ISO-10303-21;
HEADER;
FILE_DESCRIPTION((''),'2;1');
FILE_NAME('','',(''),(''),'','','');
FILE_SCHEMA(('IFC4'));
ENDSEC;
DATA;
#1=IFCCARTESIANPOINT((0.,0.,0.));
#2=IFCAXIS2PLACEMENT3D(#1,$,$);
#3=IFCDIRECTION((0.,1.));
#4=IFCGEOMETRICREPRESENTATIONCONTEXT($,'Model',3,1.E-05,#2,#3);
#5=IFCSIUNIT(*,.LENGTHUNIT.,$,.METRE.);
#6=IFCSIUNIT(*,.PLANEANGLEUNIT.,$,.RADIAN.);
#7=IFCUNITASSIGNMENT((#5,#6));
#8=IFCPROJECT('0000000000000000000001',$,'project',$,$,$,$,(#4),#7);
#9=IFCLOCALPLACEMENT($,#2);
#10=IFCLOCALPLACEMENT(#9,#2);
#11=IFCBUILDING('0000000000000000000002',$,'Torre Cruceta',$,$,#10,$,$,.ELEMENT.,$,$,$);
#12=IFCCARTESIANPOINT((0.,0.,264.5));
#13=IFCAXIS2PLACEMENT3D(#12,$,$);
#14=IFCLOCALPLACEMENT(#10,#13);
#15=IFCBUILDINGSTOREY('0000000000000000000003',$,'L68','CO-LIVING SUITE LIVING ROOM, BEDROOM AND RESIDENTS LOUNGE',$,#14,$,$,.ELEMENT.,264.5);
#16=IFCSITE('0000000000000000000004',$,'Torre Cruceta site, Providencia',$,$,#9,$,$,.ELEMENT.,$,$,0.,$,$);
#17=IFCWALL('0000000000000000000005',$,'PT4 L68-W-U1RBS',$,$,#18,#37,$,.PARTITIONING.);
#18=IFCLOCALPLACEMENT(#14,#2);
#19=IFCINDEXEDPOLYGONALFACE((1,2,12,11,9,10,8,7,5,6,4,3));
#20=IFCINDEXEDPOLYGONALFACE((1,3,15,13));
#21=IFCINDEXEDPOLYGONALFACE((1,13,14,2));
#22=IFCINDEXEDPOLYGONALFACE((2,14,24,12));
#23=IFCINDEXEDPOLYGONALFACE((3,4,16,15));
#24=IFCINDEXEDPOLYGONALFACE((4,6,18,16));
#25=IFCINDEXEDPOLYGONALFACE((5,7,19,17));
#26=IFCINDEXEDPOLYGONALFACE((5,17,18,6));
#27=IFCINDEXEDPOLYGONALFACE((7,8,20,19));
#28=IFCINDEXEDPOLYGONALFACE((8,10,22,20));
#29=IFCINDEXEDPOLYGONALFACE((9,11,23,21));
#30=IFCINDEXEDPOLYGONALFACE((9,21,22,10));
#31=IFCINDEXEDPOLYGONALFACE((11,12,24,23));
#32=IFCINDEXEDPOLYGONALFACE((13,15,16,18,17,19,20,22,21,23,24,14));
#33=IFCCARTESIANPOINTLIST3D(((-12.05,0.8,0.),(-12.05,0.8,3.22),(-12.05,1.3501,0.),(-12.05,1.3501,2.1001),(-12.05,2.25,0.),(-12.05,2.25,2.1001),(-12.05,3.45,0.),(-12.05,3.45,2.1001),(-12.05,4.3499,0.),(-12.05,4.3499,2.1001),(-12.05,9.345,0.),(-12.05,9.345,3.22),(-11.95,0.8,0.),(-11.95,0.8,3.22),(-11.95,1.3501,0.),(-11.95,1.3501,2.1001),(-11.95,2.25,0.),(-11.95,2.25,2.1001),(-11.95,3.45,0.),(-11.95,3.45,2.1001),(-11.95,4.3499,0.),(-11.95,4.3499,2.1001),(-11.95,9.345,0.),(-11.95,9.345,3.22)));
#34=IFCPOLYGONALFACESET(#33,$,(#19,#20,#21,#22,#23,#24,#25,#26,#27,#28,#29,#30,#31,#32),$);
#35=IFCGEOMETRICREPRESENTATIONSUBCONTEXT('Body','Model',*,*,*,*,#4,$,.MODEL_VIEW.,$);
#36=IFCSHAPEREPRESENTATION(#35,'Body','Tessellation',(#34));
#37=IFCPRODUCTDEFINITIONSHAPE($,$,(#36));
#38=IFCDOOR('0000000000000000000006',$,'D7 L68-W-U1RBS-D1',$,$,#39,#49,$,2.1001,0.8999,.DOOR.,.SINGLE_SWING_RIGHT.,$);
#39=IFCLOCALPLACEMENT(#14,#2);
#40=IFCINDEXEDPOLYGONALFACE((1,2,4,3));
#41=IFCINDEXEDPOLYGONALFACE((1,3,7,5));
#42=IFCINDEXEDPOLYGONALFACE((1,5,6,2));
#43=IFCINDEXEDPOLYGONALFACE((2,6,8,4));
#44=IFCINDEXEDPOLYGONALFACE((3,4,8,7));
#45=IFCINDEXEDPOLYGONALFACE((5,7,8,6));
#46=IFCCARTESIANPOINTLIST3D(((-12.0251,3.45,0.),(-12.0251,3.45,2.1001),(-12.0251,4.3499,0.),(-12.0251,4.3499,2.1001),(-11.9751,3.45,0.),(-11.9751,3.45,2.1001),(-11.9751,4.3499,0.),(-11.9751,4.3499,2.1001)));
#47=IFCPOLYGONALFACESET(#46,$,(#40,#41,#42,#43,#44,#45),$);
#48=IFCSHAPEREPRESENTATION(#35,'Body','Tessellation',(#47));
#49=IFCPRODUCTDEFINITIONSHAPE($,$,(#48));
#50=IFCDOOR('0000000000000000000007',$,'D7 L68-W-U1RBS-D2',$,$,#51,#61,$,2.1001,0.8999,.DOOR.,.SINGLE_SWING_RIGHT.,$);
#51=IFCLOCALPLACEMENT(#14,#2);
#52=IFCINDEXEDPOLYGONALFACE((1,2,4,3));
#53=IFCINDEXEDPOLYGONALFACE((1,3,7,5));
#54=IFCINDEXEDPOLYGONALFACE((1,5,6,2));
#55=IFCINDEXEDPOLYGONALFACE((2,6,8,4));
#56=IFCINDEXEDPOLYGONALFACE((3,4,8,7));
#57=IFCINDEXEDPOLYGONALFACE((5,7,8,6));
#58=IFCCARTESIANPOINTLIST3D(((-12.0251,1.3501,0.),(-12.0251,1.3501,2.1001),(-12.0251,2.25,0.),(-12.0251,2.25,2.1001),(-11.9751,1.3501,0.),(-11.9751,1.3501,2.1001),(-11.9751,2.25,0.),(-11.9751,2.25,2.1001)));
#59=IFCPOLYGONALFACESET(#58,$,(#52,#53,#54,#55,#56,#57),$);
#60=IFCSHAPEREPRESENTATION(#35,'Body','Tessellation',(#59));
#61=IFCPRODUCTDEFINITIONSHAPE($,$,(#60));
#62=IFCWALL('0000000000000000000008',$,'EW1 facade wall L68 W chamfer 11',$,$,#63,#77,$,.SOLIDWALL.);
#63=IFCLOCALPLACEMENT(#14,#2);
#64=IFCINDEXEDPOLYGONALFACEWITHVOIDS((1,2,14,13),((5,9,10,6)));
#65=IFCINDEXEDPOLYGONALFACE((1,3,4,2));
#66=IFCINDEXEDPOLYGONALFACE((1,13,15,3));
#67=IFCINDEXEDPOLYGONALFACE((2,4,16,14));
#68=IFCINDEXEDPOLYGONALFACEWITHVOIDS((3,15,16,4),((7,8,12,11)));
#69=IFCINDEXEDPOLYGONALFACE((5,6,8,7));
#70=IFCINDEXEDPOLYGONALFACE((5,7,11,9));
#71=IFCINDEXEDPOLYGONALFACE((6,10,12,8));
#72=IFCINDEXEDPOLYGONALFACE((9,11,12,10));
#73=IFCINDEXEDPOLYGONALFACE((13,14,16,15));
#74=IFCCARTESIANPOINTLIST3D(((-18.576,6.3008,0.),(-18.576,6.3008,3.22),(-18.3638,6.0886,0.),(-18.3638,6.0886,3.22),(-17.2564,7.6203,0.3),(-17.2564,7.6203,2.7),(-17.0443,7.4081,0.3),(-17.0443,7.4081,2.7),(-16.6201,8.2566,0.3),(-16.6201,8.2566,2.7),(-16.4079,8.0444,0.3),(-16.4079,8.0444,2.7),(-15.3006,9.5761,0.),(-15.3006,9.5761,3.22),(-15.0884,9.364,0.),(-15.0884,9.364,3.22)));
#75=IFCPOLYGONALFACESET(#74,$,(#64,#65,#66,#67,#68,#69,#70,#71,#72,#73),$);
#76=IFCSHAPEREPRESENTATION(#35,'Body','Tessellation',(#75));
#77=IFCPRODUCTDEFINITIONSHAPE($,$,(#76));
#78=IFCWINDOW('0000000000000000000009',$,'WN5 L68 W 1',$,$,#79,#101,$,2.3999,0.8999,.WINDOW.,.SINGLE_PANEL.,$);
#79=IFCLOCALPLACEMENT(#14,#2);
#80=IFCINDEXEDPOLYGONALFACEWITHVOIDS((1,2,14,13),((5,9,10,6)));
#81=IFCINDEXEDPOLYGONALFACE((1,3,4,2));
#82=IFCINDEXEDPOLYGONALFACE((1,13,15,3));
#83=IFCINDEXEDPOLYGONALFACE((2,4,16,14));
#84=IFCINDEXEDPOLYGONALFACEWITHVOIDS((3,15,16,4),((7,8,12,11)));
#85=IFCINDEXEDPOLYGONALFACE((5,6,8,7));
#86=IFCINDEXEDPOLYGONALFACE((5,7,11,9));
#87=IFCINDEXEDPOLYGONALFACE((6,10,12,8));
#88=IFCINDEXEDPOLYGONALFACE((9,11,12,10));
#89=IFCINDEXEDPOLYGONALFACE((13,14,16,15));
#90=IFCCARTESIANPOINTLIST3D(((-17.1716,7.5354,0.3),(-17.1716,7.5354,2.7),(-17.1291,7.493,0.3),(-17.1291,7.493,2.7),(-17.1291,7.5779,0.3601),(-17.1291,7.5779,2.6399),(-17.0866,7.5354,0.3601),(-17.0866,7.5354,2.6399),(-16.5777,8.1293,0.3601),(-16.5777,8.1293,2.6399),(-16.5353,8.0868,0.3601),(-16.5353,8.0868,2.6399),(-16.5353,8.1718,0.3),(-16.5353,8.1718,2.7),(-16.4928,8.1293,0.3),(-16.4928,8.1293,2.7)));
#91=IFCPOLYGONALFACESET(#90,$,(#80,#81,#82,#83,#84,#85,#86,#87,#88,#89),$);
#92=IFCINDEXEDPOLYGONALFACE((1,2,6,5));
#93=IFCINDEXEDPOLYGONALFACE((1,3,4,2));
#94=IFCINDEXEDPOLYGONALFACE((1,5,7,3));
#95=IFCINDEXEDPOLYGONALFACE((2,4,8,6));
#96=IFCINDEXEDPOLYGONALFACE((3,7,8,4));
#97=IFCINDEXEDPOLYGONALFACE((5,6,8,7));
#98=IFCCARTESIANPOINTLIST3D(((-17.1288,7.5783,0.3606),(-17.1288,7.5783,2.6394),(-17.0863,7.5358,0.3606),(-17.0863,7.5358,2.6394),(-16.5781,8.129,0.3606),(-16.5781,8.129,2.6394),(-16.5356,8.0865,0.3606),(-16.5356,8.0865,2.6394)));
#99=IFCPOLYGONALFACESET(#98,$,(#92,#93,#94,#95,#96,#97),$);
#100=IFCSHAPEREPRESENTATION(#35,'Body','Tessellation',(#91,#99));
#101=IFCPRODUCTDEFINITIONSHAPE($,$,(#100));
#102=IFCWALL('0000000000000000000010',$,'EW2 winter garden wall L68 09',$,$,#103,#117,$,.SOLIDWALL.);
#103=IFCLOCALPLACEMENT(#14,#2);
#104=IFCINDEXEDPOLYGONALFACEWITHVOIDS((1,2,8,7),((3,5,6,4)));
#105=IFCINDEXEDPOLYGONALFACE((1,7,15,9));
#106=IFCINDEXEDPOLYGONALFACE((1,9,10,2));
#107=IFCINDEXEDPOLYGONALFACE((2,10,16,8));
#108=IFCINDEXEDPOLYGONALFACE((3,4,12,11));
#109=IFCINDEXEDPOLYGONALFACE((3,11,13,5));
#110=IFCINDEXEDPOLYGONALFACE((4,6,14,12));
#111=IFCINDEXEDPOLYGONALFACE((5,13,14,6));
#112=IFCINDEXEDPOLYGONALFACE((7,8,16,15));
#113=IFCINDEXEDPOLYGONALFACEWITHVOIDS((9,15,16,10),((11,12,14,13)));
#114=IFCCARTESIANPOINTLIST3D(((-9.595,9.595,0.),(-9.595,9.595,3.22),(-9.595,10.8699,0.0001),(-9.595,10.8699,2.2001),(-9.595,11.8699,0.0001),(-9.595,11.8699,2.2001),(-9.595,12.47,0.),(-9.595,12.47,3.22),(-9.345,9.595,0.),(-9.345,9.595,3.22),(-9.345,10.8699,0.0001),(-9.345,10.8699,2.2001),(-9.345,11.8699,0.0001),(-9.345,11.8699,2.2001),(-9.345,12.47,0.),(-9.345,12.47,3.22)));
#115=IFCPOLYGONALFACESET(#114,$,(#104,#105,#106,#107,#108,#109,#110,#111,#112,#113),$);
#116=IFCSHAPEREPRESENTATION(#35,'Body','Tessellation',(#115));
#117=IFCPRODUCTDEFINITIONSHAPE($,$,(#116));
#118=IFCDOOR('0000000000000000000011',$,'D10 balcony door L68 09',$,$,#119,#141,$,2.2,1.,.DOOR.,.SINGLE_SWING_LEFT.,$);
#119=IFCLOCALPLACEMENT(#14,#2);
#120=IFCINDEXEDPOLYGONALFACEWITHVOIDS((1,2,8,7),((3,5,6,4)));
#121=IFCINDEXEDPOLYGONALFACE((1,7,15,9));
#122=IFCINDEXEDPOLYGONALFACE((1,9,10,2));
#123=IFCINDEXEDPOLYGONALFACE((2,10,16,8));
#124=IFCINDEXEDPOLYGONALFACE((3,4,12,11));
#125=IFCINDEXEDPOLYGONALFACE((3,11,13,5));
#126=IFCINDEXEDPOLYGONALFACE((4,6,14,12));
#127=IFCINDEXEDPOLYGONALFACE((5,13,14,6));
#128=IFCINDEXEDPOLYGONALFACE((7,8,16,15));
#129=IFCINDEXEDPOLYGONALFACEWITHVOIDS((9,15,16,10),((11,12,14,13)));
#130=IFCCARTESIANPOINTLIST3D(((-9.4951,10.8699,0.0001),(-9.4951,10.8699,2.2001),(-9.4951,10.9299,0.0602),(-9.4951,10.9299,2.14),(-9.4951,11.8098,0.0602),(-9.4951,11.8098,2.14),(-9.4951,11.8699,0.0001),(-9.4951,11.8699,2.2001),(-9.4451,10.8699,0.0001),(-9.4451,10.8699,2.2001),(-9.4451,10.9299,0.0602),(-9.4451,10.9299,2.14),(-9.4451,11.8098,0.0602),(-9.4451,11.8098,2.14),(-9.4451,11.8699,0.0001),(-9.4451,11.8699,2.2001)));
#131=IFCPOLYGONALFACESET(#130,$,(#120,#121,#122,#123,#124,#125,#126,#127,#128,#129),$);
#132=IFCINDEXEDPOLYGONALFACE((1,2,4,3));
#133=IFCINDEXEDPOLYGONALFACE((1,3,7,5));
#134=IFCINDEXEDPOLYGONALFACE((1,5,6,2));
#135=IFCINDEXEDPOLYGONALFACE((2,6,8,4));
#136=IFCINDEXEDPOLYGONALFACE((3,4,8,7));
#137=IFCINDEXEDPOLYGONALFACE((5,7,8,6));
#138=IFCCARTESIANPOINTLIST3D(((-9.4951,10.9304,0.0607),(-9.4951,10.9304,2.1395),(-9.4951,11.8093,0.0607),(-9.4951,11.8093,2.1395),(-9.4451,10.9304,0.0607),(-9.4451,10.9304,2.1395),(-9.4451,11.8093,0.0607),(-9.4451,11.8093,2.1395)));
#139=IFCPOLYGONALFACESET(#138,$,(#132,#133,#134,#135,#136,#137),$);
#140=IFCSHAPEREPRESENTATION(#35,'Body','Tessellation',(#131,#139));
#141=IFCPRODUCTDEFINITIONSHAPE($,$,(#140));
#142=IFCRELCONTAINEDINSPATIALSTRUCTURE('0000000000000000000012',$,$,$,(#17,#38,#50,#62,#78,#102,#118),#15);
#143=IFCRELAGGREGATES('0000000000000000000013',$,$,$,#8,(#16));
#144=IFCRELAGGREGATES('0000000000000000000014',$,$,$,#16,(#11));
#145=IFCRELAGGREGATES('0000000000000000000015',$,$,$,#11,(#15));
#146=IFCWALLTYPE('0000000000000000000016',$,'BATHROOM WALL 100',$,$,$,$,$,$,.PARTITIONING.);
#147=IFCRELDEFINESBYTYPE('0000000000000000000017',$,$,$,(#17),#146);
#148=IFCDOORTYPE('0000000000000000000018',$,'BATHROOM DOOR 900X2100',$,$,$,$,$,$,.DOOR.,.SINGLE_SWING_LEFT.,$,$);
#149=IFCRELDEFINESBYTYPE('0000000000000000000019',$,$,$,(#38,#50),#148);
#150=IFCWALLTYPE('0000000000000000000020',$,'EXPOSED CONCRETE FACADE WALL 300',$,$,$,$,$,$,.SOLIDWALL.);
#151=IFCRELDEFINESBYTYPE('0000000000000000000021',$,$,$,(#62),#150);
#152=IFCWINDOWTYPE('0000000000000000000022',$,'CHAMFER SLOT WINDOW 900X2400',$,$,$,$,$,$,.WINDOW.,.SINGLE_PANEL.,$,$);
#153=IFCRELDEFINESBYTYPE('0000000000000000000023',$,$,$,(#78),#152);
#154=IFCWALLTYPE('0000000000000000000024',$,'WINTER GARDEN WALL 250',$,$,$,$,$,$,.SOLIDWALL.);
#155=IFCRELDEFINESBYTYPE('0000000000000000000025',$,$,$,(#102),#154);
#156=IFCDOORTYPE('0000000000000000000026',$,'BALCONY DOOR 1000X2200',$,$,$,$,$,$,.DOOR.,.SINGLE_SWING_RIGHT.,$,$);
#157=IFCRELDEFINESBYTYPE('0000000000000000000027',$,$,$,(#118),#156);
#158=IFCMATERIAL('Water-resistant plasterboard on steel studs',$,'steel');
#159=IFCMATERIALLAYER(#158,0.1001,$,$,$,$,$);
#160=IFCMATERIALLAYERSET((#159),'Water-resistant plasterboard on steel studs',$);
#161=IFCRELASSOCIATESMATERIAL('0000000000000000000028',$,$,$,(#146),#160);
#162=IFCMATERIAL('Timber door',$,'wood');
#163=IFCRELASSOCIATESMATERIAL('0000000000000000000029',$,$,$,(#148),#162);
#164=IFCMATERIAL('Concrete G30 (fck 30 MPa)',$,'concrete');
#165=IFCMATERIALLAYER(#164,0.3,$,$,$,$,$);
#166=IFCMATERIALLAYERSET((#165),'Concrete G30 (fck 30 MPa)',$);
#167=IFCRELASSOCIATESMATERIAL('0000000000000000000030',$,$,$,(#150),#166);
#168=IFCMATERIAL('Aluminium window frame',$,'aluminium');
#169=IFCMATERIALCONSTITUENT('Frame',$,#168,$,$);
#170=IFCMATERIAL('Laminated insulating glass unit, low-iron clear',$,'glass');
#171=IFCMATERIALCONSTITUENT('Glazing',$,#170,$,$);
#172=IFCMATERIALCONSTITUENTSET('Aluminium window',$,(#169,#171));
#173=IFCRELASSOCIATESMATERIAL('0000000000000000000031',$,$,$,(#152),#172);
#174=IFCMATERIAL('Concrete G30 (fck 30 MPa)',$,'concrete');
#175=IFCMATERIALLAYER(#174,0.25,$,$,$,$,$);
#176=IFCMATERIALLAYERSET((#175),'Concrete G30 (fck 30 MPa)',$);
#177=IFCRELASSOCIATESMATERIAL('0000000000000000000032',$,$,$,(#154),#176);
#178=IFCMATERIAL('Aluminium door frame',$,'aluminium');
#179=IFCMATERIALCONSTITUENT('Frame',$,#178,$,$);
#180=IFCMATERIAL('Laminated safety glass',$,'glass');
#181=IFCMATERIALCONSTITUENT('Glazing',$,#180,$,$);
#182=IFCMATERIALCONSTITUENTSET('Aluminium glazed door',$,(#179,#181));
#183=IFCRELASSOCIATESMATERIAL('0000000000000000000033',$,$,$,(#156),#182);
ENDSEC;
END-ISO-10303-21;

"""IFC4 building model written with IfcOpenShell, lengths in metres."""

from ifc_helpers import new_model, si_unit, direction, frame, frame_2d, origin, place, context, subcontext, project, spatial, rectangle, hollow_rectangle, extrude, material, layer, layer_set, constituent, constituent_set, type_object, element, fill, save


model = new_model("IFC4")

# Units and contexts
model_context = context("Model", 3, precision=1e-05, world=origin(), true_north=direction((0.0, 1.0)))
body_context = subcontext(model_context, "Body", "Model", "MODEL_VIEW")
ifc_project = project(units=[si_unit("LENGTHUNIT", "METRE"), si_unit("PLANEANGLEUNIT", "RADIAN")], contexts=[model_context])

# Site, building, storey
site_placement = place(None, origin())
site = spatial("IfcSite", under=ifc_project, at=site_placement, Name="Torre Cruceta site, Providencia", CompositionType="ELEMENT", RefElevation=0.0)
building_placement = place(site_placement, origin())
building = spatial("IfcBuilding", under=site, at=building_placement, Name="Torre Cruceta", CompositionType="ELEMENT")
storey_placement = place(building_placement, frame((0.0, 0.0, 264.5)))
storey = spatial("IfcBuildingStorey", under=building, at=storey_placement, Name="L68", Description="CO-LIVING SUITE LIVING ROOM, BEDROOM AND RESIDENTS LOUNGE", CompositionType="ELEMENT", Elevation=264.5)

# Wall, openings, doors
ifc_material_1 = material(Name="Water-resistant plasterboard on steel studs", Category="steel")
ifc_layer_1 = layer(ifc_material_1, 0.1001)
ifc_layer_set_1 = layer_set([ifc_layer_1], Name="Water-resistant plasterboard on steel studs")
wall_type_1 = type_object("IfcWallType", Name="BATHROOM WALL 100", PredefinedType="PARTITIONING", material=ifc_layer_set_1)
wall_1_placement = place(storey_placement, frame((-12.0, 9.345, 0.0), z_axis=(0.0, 0.0, 1.0), x_axis=(0.0, -1.0, 0.0)))
wall_1 = element("IfcWall", 1, at=wall_1_placement, inside=storey, type_object=wall_type_1, Name="PT4 L68-W-U1RBS", PredefinedType="PARTITIONING", context=body_context, shape_type="SweptSolid", body=[
    extrude(rectangle(XDim=8.5449, YDim=0.1001, at=frame_2d((4.2725, 0.0))), origin(), (0.0, 0.0, 1.0), 3.22),
])
opening_1_placement = place(wall_1_placement, frame((4.9951, 0.0, 0.0)))
opening_1 = element("IfcOpeningElement", 2, at=opening_1_placement, cuts=wall_1, PredefinedType="OPENING", context=body_context, shape_type="SweptSolid", body=[
    extrude(rectangle(XDim=0.8999, YDim=2.1001, at=frame_2d((0.45, 1.05))), frame((0.0, 0.0601, 0.0), z_axis=(0.0, -1.0, 0.0), x_axis=(1.0, 0.0, 0.0)), (0.0, 0.0, 1.0), 0.1201),
])
opening_2_placement = place(wall_1_placement, frame((7.095, 0.0, 0.0)))
opening_2 = element("IfcOpeningElement", 3, at=opening_2_placement, cuts=wall_1, PredefinedType="OPENING", context=body_context, shape_type="SweptSolid", body=[
    extrude(rectangle(XDim=0.8999, YDim=2.1001, at=frame_2d((0.45, 1.05))), frame((0.0, 0.0601, 0.0), z_axis=(0.0, -1.0, 0.0), x_axis=(1.0, 0.0, 0.0)), (0.0, 0.0, 1.0), 0.1201),
])
ifc_material_2 = material(Name="Timber door", Category="wood")
door_type_1 = type_object("IfcDoorType", Name="BATHROOM DOOR 900X2100", OperationType="SINGLE_SWING_LEFT", PredefinedType="DOOR", material=ifc_material_2)
door_1_placement = place(opening_1_placement, origin())
door_1 = element("IfcDoor", 4, at=door_1_placement, inside=storey, type_object=door_type_1, Name="D7 L68-W-U1RBS-D1", OperationType="SINGLE_SWING_RIGHT", OverallHeight=2.1001, OverallWidth=0.8999, PredefinedType="DOOR", context=body_context, shape_type="SweptSolid", body=[
    extrude(rectangle(XDim=0.8999, YDim=2.1001, at=frame_2d((0.45, 1.05))), frame((0.0, 0.0249, 0.0), z_axis=(0.0, -1.0, 0.0), x_axis=(1.0, 0.0, 0.0)), (0.0, 0.0, 1.0), 0.05),
])
fill(opening_1, door_1)
door_2_placement = place(opening_2_placement, origin())
door_2 = element("IfcDoor", 5, at=door_2_placement, inside=storey, type_object=door_type_1, Name="D7 L68-W-U1RBS-D2", OperationType="SINGLE_SWING_RIGHT", OverallHeight=2.1001, OverallWidth=0.8999, PredefinedType="DOOR", context=body_context, shape_type="SweptSolid", body=[
    extrude(rectangle(XDim=0.8999, YDim=2.1001, at=frame_2d((0.45, 1.05))), frame((0.0, 0.0249, 0.0), z_axis=(0.0, -1.0, 0.0), x_axis=(1.0, 0.0, 0.0)), (0.0, 0.0, 1.0), 0.05),
])
fill(opening_2, door_2)

# Wall, opening, window
ifc_material_3 = material(Name="Concrete G30 (fck 30 MPa)", Category="concrete")
ifc_layer_2 = layer(ifc_material_3, 0.3)
ifc_layer_set_2 = layer_set([ifc_layer_2], Name="Concrete G30 (fck 30 MPa)")
wall_type_2 = type_object("IfcWallType", Name="EXPOSED CONCRETE FACADE WALL 300", PredefinedType="SOLIDWALL", material=ifc_layer_set_2)
wall_2_placement = place(storey_placement, frame((-15.1946, 9.47, 0.0), z_axis=(0.0, 0.0, 1.0), x_axis=(-0.707107, -0.707107, 0.0)))
wall_2 = element("IfcWall", 6, at=wall_2_placement, inside=storey, type_object=wall_type_2, Name="EW1 facade wall L68 W chamfer 11", PredefinedType="SOLIDWALL", context=body_context, shape_type="SweptSolid", body=[
    extrude(rectangle(XDim=4.6321, YDim=0.3, at=frame_2d((2.3159, 0.0))), origin(), (0.0, 0.0, 1.0), 3.22),
])
opening_3_placement = place(wall_2_placement, frame((1.866, 0.0, 0.3)))
opening_3 = element("IfcOpeningElement", 7, at=opening_3_placement, cuts=wall_2, PredefinedType="OPENING", context=body_context, shape_type="SweptSolid", body=[
    extrude(rectangle(XDim=0.8999, YDim=2.3999, at=frame_2d((0.45, 1.2))), frame((0.0, 0.1599, 0.0), z_axis=(0.0, -1.0, 0.0), x_axis=(1.0, 0.0, 0.0)), (0.0, 0.0, 1.0), 0.3201),
])
ifc_material_4 = material(Name="Aluminium window frame", Category="aluminium")
ifc_constituent_1 = constituent(ifc_material_4, Name="Frame")
ifc_material_5 = material(Name="Laminated insulating glass unit, low-iron clear", Category="glass")
ifc_constituent_2 = constituent(ifc_material_5, Name="Glazing")
ifc_constituent_set_1 = constituent_set(constituents=[ifc_constituent_1, ifc_constituent_2], Name="Aluminium window")
window_type = type_object("IfcWindowType", Name="CHAMFER SLOT WINDOW 900X2400", PartitioningType="SINGLE_PANEL", PredefinedType="WINDOW", material=ifc_constituent_set_1)
window_placement = place(opening_3_placement, origin())
window = element("IfcWindow", 8, at=window_placement, inside=storey, type_object=window_type, Name="WN5 L68 W 1", OverallHeight=2.3999, OverallWidth=0.8999, PartitioningType="SINGLE_PANEL", PredefinedType="WINDOW", context=body_context, shape_type="SweptSolid", body=[
    extrude(hollow_rectangle(XDim=0.8999, YDim=2.3999, WallThickness=0.0601, at=frame_2d((0.45, 1.2))), frame((0.0, 0.03, 0.0), z_axis=(0.0, -1.0, 0.0), x_axis=(1.0, 0.0, 0.0)), (0.0, 0.0, 1.0), 0.0601),
    extrude(rectangle(XDim=0.7788, YDim=2.2788, at=frame_2d((0.45, 1.2))), frame((0.0, 0.03, 0.0), z_axis=(0.0, -1.0, 0.0), x_axis=(1.0, 0.0, 0.0)), (0.0, 0.0, 1.0), 0.0601),
])
fill(opening_3, window)

# Wall, opening, door
ifc_material_6 = material(Name="Concrete G30 (fck 30 MPa)", Category="concrete")
ifc_layer_3 = layer(ifc_material_6, 0.25)
ifc_layer_set_3 = layer_set([ifc_layer_3], Name="Concrete G30 (fck 30 MPa)")
wall_type_3 = type_object("IfcWallType", Name="WINTER GARDEN WALL 250", PredefinedType="SOLIDWALL", material=ifc_layer_set_3)
wall_3_placement = place(storey_placement, frame((-9.47, 12.47, 0.0), z_axis=(0.0, 0.0, 1.0), x_axis=(0.0, -1.0, 0.0)))
wall_3 = element("IfcWall", 9, at=wall_3_placement, inside=storey, type_object=wall_type_3, Name="EW2 winter garden wall L68 09", PredefinedType="SOLIDWALL", context=body_context, shape_type="SweptSolid", body=[
    extrude(rectangle(XDim=2.875, YDim=0.25, at=frame_2d((1.4375, 0.0))), origin(), (0.0, 0.0, 1.0), 3.22),
])
opening_4_placement = place(wall_3_placement, frame((0.6001, 0.0, 0.0)))
opening_4 = element("IfcOpeningElement", 10, at=opening_4_placement, cuts=wall_3, PredefinedType="OPENING", context=body_context, shape_type="SweptSolid", body=[
    extrude(rectangle(XDim=1.0, YDim=2.2, at=frame_2d((0.5, 1.1001))), frame((0.0, 0.135, 0.0), z_axis=(0.0, -1.0, 0.0), x_axis=(1.0, 0.0, 0.0)), (0.0, 0.0, 1.0), 0.27),
])
ifc_material_7 = material(Name="Aluminium door frame", Category="aluminium")
ifc_constituent_3 = constituent(ifc_material_7, Name="Frame")
ifc_material_8 = material(Name="Laminated safety glass", Category="glass")
ifc_constituent_4 = constituent(ifc_material_8, Name="Glazing")
ifc_constituent_set_2 = constituent_set(constituents=[ifc_constituent_3, ifc_constituent_4], Name="Aluminium glazed door")
door_type_2 = type_object("IfcDoorType", Name="BALCONY DOOR 1000X2200", OperationType="SINGLE_SWING_RIGHT", PredefinedType="DOOR", material=ifc_constituent_set_2)
door_3_placement = place(opening_4_placement, origin())
door_3 = element("IfcDoor", 11, at=door_3_placement, inside=storey, type_object=door_type_2, Name="D10 balcony door L68 09", OperationType="SINGLE_SWING_LEFT", OverallHeight=2.2, OverallWidth=1.0, PredefinedType="DOOR", context=body_context, shape_type="SweptSolid", body=[
    extrude(hollow_rectangle(XDim=1.0, YDim=2.2, WallThickness=0.0601, at=frame_2d((0.5, 1.1001))), frame((0.0, 0.0249, 0.0), z_axis=(0.0, -1.0, 0.0), x_axis=(1.0, 0.0, 0.0)), (0.0, 0.0, 1.0), 0.05),
    extrude(rectangle(XDim=0.8789, YDim=2.0789, at=frame_2d((0.5, 1.1001))), frame((0.0, 0.0249, 0.0), z_axis=(0.0, -1.0, 0.0), x_axis=(1.0, 0.0, 0.0)), (0.0, 0.0, 1.0), 0.05),
])
fill(opening_4, door_3)

save(model, "model.ifc")
